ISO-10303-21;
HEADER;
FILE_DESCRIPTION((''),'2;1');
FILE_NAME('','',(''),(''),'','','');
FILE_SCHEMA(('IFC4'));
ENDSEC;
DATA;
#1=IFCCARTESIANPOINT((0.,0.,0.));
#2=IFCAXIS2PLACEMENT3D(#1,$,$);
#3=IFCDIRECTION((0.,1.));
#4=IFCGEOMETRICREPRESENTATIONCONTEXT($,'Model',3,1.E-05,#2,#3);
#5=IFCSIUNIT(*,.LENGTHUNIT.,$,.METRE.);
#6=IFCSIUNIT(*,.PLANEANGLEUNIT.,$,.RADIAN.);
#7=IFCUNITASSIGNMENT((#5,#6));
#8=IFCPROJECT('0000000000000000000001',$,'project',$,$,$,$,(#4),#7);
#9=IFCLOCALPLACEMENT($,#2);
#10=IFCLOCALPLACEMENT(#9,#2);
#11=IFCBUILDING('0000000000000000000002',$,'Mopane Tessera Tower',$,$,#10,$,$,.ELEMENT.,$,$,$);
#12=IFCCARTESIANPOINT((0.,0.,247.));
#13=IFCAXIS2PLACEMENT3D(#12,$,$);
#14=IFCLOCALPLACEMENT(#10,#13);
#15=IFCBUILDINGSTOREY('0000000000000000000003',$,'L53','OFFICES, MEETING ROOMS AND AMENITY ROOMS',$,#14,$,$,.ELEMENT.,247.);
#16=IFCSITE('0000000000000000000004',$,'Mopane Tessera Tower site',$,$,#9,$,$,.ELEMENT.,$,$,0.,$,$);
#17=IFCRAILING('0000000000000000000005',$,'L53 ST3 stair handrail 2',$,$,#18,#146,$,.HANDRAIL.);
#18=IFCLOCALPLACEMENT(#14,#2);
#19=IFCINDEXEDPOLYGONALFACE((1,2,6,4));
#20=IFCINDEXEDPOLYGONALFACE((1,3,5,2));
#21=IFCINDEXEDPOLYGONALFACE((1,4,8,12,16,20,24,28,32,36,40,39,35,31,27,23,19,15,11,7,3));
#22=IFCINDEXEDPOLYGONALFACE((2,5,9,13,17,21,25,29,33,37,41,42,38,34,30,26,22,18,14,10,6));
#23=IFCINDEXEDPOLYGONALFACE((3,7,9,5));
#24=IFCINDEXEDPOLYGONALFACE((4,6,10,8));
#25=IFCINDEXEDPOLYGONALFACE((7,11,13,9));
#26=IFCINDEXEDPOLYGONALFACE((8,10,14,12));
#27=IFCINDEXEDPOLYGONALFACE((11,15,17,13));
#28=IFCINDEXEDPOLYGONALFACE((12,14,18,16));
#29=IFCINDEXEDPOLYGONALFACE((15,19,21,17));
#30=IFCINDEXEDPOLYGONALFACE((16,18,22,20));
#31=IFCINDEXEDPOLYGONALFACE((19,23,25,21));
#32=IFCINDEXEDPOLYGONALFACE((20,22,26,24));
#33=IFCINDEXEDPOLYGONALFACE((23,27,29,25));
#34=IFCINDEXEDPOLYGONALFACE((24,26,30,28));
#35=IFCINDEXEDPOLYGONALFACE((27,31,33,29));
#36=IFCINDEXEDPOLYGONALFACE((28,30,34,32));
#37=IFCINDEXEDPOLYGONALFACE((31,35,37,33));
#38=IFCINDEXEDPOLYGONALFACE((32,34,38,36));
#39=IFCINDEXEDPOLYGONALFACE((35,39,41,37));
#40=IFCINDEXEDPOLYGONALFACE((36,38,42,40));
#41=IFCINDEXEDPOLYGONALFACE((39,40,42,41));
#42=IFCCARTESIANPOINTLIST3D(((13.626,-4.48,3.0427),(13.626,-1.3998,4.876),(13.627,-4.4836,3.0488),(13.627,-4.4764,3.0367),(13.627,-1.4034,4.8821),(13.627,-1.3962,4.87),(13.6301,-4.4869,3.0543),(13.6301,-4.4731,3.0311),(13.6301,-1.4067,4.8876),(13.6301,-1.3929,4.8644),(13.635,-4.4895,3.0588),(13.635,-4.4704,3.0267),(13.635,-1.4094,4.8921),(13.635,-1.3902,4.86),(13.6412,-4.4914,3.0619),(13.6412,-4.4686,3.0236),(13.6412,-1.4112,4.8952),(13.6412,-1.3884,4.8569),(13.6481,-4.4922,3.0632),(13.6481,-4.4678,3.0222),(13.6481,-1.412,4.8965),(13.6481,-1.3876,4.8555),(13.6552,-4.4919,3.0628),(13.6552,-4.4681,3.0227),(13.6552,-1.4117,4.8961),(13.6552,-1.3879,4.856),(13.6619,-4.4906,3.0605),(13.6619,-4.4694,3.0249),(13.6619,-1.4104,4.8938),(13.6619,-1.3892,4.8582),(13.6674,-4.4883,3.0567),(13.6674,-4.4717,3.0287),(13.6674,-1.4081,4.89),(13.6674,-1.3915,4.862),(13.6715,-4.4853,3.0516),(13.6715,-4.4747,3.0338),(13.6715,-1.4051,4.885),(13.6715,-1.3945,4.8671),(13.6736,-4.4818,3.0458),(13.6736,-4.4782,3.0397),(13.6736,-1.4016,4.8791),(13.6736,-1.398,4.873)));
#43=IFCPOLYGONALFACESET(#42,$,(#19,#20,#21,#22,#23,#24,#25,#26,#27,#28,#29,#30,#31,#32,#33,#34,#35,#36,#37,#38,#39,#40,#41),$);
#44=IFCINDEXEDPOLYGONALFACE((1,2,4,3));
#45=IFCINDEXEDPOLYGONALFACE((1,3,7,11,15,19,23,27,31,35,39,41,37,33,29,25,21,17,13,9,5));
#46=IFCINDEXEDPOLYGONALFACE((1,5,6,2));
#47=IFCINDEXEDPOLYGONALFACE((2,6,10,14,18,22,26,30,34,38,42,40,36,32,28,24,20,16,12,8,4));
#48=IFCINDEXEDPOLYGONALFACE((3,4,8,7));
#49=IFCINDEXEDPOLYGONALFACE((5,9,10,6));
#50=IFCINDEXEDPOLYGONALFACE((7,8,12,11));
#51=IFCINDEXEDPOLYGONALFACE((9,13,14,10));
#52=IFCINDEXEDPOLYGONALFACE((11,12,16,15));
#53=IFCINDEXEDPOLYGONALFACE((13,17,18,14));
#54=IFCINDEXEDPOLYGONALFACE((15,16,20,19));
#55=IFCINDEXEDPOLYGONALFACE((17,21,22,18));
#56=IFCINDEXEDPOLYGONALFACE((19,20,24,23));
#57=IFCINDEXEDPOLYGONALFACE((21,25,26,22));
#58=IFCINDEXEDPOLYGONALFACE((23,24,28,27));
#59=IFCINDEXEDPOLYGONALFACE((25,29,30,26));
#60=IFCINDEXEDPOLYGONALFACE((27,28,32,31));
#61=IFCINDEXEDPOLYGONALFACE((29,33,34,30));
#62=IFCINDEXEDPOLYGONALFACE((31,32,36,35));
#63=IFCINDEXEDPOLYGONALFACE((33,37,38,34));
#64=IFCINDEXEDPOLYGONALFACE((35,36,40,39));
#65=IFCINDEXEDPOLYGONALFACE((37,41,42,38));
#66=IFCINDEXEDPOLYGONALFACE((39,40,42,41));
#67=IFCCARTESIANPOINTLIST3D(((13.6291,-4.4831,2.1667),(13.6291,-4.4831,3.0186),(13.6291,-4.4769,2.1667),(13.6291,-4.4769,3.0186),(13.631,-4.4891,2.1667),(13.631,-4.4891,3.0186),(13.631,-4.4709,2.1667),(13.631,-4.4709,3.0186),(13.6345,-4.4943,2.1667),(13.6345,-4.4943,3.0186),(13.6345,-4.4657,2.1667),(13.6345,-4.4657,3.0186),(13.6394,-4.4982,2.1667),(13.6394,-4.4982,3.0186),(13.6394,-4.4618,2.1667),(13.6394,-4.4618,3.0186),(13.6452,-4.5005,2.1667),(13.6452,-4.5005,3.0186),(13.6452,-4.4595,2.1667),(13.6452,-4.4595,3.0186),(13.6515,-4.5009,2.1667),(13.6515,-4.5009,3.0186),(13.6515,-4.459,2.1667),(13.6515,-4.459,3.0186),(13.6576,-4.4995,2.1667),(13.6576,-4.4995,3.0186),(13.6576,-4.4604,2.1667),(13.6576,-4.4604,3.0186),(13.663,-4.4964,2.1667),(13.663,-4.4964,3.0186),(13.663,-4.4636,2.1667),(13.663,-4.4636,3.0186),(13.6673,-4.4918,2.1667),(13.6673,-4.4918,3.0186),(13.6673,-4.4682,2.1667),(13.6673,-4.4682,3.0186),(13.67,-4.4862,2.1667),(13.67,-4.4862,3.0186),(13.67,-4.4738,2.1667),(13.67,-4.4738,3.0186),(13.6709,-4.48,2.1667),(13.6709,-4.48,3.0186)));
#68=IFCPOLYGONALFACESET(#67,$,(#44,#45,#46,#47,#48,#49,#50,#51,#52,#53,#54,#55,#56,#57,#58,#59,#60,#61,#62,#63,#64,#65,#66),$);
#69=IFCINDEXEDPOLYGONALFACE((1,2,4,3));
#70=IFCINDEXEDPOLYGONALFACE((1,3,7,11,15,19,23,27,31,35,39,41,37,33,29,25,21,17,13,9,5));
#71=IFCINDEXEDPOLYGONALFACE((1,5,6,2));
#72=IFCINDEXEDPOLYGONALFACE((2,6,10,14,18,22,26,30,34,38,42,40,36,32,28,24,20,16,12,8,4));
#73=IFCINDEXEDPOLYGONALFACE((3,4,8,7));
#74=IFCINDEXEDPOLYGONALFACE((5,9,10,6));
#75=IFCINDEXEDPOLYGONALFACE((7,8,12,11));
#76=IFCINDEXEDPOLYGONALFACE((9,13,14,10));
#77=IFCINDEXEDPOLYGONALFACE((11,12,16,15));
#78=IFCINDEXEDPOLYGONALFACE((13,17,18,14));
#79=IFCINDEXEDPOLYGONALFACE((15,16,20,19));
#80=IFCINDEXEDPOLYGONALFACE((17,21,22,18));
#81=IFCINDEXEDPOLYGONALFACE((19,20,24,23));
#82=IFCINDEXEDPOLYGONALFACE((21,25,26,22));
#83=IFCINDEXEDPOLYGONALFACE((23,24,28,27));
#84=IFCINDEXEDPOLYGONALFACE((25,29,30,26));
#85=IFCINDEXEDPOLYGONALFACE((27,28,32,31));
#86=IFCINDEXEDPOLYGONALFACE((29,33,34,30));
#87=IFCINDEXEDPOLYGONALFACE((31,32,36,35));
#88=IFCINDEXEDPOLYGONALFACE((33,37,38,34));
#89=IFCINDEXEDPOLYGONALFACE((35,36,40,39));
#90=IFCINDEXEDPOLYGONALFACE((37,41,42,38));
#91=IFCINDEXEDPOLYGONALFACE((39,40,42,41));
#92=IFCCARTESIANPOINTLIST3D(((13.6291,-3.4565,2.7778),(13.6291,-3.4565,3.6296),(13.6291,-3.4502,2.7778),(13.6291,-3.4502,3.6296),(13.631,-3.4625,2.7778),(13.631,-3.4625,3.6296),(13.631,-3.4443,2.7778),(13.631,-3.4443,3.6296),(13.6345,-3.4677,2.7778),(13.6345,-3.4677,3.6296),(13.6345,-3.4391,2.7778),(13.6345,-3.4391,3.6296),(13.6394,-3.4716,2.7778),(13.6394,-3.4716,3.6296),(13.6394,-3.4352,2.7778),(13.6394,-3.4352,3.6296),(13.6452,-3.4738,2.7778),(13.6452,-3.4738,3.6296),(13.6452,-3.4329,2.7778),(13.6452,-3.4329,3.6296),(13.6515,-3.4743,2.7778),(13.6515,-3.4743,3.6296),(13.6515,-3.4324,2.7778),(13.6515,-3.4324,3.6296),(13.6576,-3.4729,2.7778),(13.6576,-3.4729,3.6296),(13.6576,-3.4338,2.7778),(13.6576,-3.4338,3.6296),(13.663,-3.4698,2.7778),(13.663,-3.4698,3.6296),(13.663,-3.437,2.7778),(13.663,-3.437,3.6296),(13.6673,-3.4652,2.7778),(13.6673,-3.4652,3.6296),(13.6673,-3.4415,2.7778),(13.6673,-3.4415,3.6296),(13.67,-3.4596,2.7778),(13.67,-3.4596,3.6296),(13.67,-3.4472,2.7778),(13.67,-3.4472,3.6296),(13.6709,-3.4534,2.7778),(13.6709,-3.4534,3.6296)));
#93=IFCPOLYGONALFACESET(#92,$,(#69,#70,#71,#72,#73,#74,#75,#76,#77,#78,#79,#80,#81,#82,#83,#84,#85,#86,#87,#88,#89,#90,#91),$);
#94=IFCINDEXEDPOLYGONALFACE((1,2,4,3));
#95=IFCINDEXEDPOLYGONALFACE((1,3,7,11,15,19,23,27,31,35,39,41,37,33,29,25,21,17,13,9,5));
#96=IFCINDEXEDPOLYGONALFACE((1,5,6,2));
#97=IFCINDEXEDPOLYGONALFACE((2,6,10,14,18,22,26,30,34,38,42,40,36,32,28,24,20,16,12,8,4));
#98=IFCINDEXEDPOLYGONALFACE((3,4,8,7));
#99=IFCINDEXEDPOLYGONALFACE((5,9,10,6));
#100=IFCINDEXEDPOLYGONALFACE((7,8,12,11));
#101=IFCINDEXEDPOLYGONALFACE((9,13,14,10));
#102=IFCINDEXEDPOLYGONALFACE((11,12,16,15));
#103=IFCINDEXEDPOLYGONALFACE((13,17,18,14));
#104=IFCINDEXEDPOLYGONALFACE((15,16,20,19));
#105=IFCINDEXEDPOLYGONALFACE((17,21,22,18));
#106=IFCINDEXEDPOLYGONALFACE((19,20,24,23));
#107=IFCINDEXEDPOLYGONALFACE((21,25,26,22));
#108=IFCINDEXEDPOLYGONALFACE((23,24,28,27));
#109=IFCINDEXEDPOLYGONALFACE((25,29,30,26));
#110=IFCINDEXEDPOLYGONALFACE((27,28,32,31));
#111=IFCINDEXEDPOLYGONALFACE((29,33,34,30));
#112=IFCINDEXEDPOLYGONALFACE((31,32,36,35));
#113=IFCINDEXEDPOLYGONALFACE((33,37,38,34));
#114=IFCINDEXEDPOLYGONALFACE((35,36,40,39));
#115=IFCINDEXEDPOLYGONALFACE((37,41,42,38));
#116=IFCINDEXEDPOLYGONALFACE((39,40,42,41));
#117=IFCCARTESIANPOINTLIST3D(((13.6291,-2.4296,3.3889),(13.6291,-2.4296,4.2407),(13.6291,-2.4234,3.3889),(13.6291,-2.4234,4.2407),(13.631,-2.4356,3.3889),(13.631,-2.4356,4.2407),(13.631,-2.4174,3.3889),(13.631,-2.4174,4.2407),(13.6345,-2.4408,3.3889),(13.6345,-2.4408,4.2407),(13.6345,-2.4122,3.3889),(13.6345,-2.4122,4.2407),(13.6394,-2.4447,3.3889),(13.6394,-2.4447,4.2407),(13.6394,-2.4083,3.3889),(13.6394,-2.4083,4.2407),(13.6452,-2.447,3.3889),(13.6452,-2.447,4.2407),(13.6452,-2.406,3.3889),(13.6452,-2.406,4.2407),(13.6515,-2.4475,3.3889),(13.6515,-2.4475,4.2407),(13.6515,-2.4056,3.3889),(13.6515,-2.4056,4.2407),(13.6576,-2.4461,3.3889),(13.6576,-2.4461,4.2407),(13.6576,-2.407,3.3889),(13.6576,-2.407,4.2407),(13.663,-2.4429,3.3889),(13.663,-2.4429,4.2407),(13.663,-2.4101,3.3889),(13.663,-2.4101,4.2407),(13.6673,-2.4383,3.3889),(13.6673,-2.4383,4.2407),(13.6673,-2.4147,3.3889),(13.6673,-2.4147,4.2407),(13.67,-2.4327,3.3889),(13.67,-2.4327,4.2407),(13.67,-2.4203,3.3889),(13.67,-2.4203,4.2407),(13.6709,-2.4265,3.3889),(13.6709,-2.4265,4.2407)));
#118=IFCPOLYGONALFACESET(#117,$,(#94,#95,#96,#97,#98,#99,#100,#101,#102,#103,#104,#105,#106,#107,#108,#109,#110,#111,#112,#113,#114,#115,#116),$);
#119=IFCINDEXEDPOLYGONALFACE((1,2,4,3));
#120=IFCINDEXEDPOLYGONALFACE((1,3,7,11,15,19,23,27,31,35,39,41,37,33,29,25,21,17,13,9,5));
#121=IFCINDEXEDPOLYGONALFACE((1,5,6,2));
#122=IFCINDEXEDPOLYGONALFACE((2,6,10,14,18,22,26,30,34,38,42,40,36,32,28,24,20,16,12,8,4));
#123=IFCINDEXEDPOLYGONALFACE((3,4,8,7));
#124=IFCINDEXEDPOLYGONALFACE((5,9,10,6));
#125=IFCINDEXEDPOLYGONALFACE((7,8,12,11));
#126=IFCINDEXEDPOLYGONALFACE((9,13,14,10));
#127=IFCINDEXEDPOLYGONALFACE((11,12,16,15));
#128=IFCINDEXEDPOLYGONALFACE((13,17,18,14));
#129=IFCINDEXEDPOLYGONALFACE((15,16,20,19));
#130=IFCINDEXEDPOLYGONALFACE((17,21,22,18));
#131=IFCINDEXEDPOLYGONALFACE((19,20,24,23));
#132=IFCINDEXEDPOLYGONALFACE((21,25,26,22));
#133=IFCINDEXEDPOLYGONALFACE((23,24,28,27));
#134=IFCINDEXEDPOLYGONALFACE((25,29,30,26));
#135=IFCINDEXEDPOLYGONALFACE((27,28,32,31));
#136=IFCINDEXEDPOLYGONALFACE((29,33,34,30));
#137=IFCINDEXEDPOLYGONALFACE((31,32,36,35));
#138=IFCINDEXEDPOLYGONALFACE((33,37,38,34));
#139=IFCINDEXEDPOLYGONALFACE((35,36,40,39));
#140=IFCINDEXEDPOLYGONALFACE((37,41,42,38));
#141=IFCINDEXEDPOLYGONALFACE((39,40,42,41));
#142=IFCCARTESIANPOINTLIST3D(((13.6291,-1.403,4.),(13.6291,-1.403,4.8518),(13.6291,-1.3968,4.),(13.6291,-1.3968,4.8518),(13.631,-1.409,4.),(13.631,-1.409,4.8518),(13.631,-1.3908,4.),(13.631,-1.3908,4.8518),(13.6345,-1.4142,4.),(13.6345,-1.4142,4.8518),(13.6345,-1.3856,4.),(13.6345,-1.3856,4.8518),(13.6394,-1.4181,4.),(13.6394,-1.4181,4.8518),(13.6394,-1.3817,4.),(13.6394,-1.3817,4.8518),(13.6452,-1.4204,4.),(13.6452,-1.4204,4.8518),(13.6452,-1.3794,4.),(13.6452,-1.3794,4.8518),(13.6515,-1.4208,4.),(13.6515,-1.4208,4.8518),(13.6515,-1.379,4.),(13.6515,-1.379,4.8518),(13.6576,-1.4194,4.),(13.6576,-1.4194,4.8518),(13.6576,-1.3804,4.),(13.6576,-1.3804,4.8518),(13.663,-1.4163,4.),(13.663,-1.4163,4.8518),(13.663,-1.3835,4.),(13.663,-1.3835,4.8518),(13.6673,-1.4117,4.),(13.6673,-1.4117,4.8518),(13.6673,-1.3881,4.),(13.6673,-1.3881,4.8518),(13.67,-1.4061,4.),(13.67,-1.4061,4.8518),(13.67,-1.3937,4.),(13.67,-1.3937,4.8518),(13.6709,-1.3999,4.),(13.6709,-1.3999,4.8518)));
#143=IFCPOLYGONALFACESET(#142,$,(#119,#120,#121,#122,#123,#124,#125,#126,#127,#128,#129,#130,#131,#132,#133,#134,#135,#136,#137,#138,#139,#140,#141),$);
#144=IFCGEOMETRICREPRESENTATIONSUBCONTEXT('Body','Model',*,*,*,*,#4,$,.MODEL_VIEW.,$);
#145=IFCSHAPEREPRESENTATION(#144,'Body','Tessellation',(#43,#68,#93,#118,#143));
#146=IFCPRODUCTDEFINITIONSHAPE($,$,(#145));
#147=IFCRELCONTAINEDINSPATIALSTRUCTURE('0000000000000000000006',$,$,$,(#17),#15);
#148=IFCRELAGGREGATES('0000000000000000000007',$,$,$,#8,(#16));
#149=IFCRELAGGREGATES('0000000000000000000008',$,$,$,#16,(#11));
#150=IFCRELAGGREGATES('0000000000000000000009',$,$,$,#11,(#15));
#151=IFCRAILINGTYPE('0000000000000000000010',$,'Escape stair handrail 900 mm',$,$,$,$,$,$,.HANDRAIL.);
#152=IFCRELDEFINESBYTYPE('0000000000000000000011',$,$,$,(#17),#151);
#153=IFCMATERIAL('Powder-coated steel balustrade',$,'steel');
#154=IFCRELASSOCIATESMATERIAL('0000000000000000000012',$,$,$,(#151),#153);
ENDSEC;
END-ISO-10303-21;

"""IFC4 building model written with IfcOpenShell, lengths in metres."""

from ifc_helpers import new_model, si_unit, direction, frame, origin, origin_2d, place, context, subcontext, project, spatial, circle, extrude, material, type_object, element, save


model = new_model("IFC4")

# Units and contexts
model_context = context("Model", 3, precision=1e-05, world=origin(), true_north=direction((0.0, 1.0)))
body_context = subcontext(model_context, "Body", "Model", "MODEL_VIEW")
ifc_project = project(units=[si_unit("LENGTHUNIT", "METRE"), si_unit("PLANEANGLEUNIT", "RADIAN")], contexts=[model_context])

# Site, building, storey
site_placement = place(None, origin())
site = spatial("IfcSite", under=ifc_project, at=site_placement, Name="Mopane Tessera Tower site", CompositionType="ELEMENT", RefElevation=0.0)
building_placement = place(site_placement, origin())
building = spatial("IfcBuilding", under=site, at=building_placement, Name="Mopane Tessera Tower", CompositionType="ELEMENT")
storey_placement = place(building_placement, frame((0.0, 0.0, 247.0)))
storey = spatial("IfcBuildingStorey", under=building, at=storey_placement, Name="L53", Description="OFFICES, MEETING ROOMS AND AMENITY ROOMS", CompositionType="ELEMENT", Elevation=247.0)

# Railing
ifc_material_1 = material(Name="Powder-coated steel balustrade", Category="steel")
railing_type_1 = type_object("IfcRailingType", Name="Escape stair handrail 900 mm", PredefinedType="HANDRAIL", material=ifc_material_1)
railing_1_placement = place(storey_placement, frame((13.6499, -4.48, 2.1667)))
element("IfcRailing", 1, at=railing_1_placement, inside=storey, type_object=railing_type_1, Name="L53 ST3 stair handrail 2", PredefinedType="HANDRAIL", context=body_context, shape_type="SweptSolid", body=[
    extrude(circle(Radius=0.0239, at=origin_2d()), frame((0.0, 0.0, 0.876), z_axis=(0.0, 0.859309, 0.511458), x_axis=(-1.0, 0.0, 0.0)), (0.0, 0.0, 1.0), 3.5845),
    extrude(circle(Radius=0.021, at=origin_2d()), origin(), (0.0, 0.0, 1.0), 0.8518),
    extrude(circle(Radius=0.021, at=origin_2d()), frame((0.0, 1.0266, 0.6111)), (0.0, 0.0, 1.0), 0.8518),
    extrude(circle(Radius=0.021, at=origin_2d()), frame((0.0, 2.0535, 1.2222)), (0.0, 0.0, 1.0), 0.8518),
    extrude(circle(Radius=0.021, at=origin_2d()), frame((0.0, 3.0801, 1.8333)), (0.0, 0.0, 1.0), 0.8518),
])

save(model, "model.ifc")
